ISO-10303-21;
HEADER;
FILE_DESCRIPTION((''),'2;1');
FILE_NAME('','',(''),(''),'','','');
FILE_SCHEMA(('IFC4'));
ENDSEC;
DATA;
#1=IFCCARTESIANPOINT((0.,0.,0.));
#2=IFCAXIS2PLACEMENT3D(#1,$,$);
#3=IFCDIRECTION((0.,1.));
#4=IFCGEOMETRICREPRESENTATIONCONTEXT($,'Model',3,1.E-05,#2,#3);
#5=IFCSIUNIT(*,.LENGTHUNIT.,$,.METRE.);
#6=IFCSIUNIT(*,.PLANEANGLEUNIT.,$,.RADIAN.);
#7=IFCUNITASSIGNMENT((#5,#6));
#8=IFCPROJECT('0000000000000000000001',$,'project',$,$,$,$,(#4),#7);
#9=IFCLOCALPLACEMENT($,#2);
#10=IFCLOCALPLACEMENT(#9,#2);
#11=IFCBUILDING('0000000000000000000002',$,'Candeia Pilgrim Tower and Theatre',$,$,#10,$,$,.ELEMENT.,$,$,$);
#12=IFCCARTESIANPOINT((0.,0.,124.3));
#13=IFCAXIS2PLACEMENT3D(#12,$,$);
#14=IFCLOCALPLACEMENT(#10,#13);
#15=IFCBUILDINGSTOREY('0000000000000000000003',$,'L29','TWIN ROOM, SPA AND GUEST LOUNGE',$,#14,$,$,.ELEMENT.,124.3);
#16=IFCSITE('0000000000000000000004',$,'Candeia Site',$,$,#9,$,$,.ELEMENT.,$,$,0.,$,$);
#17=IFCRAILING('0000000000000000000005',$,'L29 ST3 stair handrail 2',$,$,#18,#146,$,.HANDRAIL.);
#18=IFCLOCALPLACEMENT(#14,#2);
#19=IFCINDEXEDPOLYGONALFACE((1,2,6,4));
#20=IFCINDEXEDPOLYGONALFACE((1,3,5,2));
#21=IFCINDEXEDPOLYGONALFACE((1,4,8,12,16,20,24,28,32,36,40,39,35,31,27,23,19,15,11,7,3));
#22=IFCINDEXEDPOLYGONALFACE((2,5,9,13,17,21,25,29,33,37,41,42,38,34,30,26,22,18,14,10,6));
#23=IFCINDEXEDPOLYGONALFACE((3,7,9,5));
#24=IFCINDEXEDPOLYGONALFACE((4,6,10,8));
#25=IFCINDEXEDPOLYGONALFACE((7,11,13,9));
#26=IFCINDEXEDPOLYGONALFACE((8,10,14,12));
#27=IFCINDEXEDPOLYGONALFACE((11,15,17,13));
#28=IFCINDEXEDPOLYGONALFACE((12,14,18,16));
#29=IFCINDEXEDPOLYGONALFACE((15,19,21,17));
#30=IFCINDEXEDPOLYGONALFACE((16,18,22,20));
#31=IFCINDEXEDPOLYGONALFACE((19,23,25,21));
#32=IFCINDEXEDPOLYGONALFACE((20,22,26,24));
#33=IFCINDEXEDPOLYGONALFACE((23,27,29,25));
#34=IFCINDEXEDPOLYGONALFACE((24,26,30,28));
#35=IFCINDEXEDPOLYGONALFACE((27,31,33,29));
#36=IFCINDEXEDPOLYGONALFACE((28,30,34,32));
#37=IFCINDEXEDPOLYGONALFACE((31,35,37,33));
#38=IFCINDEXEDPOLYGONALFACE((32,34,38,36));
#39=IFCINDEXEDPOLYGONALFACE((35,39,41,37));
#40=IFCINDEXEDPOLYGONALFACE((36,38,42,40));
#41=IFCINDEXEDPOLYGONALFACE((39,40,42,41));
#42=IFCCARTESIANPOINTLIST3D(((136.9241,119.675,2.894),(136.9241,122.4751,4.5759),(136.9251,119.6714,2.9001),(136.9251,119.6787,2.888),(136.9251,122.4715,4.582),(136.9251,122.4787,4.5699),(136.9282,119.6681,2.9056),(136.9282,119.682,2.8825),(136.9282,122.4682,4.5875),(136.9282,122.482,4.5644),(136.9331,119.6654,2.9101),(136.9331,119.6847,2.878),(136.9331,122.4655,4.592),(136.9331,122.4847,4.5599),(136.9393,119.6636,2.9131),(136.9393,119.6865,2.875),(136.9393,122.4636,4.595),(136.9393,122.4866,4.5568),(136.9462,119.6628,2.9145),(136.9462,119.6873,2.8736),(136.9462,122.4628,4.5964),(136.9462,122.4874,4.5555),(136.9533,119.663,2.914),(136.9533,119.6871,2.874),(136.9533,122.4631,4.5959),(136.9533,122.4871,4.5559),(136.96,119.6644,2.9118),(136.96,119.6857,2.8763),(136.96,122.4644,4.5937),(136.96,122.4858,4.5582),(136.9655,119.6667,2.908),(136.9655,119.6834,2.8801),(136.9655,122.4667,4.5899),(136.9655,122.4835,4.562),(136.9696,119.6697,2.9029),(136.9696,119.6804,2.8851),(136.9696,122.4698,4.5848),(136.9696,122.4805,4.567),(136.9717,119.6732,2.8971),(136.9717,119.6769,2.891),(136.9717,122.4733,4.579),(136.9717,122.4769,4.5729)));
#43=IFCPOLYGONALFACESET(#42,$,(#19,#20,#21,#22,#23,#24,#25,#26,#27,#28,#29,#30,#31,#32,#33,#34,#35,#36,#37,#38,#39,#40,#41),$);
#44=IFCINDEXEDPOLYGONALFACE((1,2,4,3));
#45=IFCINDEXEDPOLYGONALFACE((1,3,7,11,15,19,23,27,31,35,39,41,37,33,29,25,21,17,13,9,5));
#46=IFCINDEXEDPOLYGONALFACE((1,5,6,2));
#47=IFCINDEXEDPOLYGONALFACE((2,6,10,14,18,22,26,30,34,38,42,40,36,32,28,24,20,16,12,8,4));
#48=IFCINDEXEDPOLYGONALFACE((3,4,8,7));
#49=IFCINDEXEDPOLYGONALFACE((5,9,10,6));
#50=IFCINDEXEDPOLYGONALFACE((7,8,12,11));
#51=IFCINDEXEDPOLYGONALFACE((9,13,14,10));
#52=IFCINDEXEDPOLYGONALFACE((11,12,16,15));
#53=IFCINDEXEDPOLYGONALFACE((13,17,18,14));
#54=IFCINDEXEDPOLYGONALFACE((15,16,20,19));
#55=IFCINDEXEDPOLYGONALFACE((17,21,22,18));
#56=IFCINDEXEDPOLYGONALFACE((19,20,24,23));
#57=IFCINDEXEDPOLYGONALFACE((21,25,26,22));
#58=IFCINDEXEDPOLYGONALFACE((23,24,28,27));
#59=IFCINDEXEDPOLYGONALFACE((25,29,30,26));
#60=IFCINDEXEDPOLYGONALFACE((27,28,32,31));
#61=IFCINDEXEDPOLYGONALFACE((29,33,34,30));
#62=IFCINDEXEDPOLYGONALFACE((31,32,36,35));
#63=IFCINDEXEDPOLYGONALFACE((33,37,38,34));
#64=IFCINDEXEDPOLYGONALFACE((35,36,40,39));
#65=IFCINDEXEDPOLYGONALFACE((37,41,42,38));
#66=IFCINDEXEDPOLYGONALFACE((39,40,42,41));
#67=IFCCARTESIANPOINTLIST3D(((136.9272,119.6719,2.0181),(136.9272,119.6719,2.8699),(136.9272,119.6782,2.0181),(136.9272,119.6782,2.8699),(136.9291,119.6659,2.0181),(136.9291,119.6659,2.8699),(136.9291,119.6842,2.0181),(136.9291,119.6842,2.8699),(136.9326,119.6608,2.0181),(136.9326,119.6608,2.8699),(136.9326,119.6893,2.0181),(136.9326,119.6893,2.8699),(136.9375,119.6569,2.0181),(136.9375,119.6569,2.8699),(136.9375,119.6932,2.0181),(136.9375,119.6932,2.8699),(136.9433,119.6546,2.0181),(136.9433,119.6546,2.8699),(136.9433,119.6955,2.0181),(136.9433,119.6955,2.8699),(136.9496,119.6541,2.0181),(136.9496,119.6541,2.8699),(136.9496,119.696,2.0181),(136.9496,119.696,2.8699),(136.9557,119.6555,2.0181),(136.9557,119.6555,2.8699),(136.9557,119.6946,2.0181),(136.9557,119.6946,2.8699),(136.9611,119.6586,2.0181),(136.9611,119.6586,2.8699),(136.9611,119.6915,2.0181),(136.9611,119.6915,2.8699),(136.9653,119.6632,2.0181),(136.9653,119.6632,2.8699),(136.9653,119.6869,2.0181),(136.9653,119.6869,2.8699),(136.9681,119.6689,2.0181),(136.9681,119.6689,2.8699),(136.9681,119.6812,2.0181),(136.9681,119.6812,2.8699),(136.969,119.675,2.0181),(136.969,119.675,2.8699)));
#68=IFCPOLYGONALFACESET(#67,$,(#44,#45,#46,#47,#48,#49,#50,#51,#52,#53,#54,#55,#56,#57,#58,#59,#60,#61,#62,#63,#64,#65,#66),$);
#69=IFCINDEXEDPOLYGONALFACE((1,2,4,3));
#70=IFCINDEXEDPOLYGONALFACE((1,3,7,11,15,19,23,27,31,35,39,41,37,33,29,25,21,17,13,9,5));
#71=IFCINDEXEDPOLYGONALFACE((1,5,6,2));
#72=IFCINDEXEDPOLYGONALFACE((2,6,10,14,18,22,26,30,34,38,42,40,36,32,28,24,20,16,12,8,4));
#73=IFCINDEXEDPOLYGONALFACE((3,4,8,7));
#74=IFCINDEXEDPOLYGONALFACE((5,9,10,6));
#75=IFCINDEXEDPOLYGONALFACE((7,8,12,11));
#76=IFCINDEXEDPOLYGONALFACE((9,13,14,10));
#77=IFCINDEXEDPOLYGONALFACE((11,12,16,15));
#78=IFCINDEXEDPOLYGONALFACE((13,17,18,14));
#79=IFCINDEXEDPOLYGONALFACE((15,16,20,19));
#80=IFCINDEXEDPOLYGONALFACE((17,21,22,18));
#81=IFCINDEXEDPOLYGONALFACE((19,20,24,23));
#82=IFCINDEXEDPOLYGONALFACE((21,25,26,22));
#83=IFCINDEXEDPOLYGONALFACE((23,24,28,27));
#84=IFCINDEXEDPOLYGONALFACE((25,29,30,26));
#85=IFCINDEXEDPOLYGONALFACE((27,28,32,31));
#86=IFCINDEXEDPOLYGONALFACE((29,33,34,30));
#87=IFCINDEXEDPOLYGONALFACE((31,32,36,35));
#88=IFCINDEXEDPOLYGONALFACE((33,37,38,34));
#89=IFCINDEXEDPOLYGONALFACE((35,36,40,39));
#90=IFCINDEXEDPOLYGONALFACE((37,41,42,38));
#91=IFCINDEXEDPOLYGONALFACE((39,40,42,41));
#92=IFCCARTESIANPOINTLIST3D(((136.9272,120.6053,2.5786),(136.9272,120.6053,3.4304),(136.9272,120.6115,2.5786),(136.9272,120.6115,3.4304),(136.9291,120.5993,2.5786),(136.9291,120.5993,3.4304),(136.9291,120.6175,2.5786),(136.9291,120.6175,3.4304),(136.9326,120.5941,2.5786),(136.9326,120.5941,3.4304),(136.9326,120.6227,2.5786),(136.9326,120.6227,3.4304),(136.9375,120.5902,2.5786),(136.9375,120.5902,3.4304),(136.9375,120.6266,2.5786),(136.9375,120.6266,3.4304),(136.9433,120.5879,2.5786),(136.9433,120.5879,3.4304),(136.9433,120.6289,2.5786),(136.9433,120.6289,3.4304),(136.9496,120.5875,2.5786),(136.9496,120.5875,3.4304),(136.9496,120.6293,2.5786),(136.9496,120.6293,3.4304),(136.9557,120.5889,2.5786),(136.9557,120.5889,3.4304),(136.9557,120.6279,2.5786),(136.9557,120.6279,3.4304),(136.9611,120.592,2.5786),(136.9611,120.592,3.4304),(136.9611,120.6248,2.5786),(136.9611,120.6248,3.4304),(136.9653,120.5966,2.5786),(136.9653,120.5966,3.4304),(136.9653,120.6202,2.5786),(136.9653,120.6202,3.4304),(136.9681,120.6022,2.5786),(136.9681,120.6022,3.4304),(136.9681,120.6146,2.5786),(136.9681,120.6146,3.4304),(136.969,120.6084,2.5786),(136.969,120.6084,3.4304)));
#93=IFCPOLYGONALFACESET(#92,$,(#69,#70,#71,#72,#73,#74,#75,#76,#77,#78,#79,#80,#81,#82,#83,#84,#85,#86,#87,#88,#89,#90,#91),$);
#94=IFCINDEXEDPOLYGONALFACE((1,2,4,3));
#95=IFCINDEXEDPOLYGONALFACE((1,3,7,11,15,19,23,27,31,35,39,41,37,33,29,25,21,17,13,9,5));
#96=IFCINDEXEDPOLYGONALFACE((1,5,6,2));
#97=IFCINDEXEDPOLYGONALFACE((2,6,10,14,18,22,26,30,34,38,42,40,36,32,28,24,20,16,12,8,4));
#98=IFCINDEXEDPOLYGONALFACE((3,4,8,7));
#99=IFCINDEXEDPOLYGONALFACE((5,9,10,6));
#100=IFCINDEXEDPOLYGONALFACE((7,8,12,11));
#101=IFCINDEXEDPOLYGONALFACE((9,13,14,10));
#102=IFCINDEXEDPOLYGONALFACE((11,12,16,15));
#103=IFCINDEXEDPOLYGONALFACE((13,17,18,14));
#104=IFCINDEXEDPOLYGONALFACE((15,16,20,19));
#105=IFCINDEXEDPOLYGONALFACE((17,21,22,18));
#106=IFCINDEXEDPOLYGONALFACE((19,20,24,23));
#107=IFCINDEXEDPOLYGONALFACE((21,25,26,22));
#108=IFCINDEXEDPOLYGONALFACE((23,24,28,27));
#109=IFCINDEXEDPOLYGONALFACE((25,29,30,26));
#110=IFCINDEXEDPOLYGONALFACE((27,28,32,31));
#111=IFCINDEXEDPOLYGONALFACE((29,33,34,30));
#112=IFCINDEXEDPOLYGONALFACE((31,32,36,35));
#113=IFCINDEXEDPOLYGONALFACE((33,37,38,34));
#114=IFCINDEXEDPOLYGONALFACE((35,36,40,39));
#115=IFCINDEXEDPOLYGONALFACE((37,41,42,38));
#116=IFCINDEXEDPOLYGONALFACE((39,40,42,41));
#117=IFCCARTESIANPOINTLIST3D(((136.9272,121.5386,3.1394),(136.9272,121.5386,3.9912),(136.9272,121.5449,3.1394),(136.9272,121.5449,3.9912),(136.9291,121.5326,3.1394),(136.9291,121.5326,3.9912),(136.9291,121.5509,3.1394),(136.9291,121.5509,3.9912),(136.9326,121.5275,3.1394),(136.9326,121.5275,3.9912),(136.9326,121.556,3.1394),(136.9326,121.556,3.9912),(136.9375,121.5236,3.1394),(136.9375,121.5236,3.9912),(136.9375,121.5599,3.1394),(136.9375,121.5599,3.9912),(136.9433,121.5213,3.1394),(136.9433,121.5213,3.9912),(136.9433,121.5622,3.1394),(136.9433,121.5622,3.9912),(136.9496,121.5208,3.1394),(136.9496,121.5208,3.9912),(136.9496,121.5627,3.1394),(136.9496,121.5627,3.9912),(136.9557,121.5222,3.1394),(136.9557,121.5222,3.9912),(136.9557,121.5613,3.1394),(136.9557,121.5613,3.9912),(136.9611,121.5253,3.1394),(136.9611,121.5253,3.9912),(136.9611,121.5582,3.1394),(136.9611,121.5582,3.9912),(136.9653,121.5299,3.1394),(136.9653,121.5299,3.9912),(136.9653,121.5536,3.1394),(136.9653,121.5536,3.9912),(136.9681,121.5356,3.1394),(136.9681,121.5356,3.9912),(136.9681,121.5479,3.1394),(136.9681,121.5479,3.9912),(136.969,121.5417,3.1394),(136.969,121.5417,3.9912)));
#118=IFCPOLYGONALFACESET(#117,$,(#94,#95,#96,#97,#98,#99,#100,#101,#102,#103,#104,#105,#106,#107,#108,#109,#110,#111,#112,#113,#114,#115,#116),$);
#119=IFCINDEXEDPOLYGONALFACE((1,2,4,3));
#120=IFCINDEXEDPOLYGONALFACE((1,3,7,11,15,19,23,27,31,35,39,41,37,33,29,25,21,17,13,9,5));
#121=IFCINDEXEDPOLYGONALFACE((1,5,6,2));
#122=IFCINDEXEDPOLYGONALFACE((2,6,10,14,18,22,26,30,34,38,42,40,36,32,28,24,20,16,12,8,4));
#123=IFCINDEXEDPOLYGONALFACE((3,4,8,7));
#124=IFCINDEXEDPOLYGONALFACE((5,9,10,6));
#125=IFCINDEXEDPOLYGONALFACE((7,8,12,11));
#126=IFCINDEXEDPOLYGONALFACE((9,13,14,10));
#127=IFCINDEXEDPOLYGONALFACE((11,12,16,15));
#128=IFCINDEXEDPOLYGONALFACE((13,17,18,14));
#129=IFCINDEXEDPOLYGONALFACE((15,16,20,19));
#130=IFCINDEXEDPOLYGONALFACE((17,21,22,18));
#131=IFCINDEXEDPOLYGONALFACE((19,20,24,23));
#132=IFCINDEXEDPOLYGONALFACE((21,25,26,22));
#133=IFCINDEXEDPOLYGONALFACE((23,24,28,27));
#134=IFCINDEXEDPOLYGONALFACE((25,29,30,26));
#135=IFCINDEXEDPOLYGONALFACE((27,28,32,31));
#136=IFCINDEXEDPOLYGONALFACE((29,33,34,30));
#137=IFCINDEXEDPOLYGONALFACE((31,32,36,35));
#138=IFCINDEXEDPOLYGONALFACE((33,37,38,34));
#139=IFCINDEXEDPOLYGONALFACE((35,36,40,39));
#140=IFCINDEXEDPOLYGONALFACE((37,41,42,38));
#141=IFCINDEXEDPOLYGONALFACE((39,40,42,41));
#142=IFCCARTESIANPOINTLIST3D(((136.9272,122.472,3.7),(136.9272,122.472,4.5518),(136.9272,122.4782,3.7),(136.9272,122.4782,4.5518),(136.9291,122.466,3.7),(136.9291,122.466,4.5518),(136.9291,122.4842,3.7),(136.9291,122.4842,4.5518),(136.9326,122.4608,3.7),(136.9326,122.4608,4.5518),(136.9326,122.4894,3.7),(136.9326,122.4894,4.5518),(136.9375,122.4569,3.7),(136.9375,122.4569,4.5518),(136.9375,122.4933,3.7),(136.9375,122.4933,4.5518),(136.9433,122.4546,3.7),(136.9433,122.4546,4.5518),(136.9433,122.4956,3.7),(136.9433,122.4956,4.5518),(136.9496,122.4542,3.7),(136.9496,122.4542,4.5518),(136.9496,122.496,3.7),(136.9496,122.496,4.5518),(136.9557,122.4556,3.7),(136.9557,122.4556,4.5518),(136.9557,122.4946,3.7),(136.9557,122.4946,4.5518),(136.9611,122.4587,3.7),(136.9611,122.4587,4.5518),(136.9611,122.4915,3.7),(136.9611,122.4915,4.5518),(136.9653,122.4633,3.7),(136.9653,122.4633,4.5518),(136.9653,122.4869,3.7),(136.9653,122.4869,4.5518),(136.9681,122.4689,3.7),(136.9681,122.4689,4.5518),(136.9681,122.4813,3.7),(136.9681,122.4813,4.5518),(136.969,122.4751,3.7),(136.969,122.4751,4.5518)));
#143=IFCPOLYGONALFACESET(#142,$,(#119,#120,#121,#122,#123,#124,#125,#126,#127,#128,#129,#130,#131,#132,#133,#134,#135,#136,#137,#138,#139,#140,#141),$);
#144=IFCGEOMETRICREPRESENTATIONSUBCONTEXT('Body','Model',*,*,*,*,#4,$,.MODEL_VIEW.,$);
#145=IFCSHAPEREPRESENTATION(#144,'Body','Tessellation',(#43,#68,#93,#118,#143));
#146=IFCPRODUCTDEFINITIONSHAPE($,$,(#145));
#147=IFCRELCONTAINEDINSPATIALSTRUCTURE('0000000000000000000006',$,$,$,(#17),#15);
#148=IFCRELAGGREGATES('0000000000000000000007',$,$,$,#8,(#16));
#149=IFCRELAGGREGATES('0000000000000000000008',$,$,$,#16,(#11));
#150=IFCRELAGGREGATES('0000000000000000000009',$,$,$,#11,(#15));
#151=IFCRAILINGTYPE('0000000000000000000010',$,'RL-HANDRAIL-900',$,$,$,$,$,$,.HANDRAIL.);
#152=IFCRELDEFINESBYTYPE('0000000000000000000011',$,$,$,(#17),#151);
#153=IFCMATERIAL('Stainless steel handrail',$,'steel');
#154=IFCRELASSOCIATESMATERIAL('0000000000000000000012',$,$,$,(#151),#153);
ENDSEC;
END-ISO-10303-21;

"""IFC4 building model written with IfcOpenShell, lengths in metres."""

from ifc_helpers import new_model, si_unit, direction, frame, origin, origin_2d, place, context, subcontext, project, spatial, circle, extrude, material, type_object, element, save


model = new_model("IFC4")

# Units and contexts
model_context = context("Model", 3, precision=1e-05, world=origin(), true_north=direction((0.0, 1.0)))
body_context = subcontext(model_context, "Body", "Model", "MODEL_VIEW")
ifc_project = project(units=[si_unit("LENGTHUNIT", "METRE"), si_unit("PLANEANGLEUNIT", "RADIAN")], contexts=[model_context])

# Site, building, storey
site_placement = place(None, origin())
site = spatial("IfcSite", under=ifc_project, at=site_placement, Name="Candeia Site", CompositionType="ELEMENT", RefElevation=0.0)
building_placement = place(site_placement, origin())
building = spatial("IfcBuilding", under=site, at=building_placement, Name="Candeia Pilgrim Tower and Theatre", CompositionType="ELEMENT")
storey_placement = place(building_placement, frame((0.0, 0.0, 124.3)))
storey = spatial("IfcBuildingStorey", under=building, at=storey_placement, Name="L29", Description="TWIN ROOM, SPA AND GUEST LOUNGE", CompositionType="ELEMENT", Elevation=124.3)

# Railing
ifc_material_1 = material(Name="Stainless steel handrail", Category="steel")
railing_type_1 = type_object("IfcRailingType", Name="RL-HANDRAIL-900", PredefinedType="HANDRAIL", material=ifc_material_1)
railing_1_placement = place(storey_placement, frame((136.948, 119.675, 2.0181)))
element("IfcRailing", 1, at=railing_1_placement, inside=storey, type_object=railing_type_1, Name="L29 ST3 stair handrail 2", PredefinedType="HANDRAIL", context=body_context, shape_type="SweptSolid", body=[
    extrude(circle(Radius=0.0239, at=origin_2d()), frame((0.0, 0.0, 0.876), z_axis=(0.0, 0.857242, 0.514913), x_axis=(-1.0, 0.0, 0.0)), (0.0, 0.0, 1.0), 3.2664),
    extrude(circle(Radius=0.021, at=origin_2d()), origin(), (0.0, 0.0, 1.0), 0.8518),
    extrude(circle(Radius=0.021, at=origin_2d()), frame((0.0, 0.9333, 0.5605)), (0.0, 0.0, 1.0), 0.8518),
    extrude(circle(Radius=0.021, at=origin_2d()), frame((0.0, 1.8667, 1.1213)), (0.0, 0.0, 1.0), 0.8518),
    extrude(circle(Radius=0.021, at=origin_2d()), frame((0.0, 2.8, 1.6819)), (0.0, 0.0, 1.0), 0.8518),
])

save(model, "model.ifc")
